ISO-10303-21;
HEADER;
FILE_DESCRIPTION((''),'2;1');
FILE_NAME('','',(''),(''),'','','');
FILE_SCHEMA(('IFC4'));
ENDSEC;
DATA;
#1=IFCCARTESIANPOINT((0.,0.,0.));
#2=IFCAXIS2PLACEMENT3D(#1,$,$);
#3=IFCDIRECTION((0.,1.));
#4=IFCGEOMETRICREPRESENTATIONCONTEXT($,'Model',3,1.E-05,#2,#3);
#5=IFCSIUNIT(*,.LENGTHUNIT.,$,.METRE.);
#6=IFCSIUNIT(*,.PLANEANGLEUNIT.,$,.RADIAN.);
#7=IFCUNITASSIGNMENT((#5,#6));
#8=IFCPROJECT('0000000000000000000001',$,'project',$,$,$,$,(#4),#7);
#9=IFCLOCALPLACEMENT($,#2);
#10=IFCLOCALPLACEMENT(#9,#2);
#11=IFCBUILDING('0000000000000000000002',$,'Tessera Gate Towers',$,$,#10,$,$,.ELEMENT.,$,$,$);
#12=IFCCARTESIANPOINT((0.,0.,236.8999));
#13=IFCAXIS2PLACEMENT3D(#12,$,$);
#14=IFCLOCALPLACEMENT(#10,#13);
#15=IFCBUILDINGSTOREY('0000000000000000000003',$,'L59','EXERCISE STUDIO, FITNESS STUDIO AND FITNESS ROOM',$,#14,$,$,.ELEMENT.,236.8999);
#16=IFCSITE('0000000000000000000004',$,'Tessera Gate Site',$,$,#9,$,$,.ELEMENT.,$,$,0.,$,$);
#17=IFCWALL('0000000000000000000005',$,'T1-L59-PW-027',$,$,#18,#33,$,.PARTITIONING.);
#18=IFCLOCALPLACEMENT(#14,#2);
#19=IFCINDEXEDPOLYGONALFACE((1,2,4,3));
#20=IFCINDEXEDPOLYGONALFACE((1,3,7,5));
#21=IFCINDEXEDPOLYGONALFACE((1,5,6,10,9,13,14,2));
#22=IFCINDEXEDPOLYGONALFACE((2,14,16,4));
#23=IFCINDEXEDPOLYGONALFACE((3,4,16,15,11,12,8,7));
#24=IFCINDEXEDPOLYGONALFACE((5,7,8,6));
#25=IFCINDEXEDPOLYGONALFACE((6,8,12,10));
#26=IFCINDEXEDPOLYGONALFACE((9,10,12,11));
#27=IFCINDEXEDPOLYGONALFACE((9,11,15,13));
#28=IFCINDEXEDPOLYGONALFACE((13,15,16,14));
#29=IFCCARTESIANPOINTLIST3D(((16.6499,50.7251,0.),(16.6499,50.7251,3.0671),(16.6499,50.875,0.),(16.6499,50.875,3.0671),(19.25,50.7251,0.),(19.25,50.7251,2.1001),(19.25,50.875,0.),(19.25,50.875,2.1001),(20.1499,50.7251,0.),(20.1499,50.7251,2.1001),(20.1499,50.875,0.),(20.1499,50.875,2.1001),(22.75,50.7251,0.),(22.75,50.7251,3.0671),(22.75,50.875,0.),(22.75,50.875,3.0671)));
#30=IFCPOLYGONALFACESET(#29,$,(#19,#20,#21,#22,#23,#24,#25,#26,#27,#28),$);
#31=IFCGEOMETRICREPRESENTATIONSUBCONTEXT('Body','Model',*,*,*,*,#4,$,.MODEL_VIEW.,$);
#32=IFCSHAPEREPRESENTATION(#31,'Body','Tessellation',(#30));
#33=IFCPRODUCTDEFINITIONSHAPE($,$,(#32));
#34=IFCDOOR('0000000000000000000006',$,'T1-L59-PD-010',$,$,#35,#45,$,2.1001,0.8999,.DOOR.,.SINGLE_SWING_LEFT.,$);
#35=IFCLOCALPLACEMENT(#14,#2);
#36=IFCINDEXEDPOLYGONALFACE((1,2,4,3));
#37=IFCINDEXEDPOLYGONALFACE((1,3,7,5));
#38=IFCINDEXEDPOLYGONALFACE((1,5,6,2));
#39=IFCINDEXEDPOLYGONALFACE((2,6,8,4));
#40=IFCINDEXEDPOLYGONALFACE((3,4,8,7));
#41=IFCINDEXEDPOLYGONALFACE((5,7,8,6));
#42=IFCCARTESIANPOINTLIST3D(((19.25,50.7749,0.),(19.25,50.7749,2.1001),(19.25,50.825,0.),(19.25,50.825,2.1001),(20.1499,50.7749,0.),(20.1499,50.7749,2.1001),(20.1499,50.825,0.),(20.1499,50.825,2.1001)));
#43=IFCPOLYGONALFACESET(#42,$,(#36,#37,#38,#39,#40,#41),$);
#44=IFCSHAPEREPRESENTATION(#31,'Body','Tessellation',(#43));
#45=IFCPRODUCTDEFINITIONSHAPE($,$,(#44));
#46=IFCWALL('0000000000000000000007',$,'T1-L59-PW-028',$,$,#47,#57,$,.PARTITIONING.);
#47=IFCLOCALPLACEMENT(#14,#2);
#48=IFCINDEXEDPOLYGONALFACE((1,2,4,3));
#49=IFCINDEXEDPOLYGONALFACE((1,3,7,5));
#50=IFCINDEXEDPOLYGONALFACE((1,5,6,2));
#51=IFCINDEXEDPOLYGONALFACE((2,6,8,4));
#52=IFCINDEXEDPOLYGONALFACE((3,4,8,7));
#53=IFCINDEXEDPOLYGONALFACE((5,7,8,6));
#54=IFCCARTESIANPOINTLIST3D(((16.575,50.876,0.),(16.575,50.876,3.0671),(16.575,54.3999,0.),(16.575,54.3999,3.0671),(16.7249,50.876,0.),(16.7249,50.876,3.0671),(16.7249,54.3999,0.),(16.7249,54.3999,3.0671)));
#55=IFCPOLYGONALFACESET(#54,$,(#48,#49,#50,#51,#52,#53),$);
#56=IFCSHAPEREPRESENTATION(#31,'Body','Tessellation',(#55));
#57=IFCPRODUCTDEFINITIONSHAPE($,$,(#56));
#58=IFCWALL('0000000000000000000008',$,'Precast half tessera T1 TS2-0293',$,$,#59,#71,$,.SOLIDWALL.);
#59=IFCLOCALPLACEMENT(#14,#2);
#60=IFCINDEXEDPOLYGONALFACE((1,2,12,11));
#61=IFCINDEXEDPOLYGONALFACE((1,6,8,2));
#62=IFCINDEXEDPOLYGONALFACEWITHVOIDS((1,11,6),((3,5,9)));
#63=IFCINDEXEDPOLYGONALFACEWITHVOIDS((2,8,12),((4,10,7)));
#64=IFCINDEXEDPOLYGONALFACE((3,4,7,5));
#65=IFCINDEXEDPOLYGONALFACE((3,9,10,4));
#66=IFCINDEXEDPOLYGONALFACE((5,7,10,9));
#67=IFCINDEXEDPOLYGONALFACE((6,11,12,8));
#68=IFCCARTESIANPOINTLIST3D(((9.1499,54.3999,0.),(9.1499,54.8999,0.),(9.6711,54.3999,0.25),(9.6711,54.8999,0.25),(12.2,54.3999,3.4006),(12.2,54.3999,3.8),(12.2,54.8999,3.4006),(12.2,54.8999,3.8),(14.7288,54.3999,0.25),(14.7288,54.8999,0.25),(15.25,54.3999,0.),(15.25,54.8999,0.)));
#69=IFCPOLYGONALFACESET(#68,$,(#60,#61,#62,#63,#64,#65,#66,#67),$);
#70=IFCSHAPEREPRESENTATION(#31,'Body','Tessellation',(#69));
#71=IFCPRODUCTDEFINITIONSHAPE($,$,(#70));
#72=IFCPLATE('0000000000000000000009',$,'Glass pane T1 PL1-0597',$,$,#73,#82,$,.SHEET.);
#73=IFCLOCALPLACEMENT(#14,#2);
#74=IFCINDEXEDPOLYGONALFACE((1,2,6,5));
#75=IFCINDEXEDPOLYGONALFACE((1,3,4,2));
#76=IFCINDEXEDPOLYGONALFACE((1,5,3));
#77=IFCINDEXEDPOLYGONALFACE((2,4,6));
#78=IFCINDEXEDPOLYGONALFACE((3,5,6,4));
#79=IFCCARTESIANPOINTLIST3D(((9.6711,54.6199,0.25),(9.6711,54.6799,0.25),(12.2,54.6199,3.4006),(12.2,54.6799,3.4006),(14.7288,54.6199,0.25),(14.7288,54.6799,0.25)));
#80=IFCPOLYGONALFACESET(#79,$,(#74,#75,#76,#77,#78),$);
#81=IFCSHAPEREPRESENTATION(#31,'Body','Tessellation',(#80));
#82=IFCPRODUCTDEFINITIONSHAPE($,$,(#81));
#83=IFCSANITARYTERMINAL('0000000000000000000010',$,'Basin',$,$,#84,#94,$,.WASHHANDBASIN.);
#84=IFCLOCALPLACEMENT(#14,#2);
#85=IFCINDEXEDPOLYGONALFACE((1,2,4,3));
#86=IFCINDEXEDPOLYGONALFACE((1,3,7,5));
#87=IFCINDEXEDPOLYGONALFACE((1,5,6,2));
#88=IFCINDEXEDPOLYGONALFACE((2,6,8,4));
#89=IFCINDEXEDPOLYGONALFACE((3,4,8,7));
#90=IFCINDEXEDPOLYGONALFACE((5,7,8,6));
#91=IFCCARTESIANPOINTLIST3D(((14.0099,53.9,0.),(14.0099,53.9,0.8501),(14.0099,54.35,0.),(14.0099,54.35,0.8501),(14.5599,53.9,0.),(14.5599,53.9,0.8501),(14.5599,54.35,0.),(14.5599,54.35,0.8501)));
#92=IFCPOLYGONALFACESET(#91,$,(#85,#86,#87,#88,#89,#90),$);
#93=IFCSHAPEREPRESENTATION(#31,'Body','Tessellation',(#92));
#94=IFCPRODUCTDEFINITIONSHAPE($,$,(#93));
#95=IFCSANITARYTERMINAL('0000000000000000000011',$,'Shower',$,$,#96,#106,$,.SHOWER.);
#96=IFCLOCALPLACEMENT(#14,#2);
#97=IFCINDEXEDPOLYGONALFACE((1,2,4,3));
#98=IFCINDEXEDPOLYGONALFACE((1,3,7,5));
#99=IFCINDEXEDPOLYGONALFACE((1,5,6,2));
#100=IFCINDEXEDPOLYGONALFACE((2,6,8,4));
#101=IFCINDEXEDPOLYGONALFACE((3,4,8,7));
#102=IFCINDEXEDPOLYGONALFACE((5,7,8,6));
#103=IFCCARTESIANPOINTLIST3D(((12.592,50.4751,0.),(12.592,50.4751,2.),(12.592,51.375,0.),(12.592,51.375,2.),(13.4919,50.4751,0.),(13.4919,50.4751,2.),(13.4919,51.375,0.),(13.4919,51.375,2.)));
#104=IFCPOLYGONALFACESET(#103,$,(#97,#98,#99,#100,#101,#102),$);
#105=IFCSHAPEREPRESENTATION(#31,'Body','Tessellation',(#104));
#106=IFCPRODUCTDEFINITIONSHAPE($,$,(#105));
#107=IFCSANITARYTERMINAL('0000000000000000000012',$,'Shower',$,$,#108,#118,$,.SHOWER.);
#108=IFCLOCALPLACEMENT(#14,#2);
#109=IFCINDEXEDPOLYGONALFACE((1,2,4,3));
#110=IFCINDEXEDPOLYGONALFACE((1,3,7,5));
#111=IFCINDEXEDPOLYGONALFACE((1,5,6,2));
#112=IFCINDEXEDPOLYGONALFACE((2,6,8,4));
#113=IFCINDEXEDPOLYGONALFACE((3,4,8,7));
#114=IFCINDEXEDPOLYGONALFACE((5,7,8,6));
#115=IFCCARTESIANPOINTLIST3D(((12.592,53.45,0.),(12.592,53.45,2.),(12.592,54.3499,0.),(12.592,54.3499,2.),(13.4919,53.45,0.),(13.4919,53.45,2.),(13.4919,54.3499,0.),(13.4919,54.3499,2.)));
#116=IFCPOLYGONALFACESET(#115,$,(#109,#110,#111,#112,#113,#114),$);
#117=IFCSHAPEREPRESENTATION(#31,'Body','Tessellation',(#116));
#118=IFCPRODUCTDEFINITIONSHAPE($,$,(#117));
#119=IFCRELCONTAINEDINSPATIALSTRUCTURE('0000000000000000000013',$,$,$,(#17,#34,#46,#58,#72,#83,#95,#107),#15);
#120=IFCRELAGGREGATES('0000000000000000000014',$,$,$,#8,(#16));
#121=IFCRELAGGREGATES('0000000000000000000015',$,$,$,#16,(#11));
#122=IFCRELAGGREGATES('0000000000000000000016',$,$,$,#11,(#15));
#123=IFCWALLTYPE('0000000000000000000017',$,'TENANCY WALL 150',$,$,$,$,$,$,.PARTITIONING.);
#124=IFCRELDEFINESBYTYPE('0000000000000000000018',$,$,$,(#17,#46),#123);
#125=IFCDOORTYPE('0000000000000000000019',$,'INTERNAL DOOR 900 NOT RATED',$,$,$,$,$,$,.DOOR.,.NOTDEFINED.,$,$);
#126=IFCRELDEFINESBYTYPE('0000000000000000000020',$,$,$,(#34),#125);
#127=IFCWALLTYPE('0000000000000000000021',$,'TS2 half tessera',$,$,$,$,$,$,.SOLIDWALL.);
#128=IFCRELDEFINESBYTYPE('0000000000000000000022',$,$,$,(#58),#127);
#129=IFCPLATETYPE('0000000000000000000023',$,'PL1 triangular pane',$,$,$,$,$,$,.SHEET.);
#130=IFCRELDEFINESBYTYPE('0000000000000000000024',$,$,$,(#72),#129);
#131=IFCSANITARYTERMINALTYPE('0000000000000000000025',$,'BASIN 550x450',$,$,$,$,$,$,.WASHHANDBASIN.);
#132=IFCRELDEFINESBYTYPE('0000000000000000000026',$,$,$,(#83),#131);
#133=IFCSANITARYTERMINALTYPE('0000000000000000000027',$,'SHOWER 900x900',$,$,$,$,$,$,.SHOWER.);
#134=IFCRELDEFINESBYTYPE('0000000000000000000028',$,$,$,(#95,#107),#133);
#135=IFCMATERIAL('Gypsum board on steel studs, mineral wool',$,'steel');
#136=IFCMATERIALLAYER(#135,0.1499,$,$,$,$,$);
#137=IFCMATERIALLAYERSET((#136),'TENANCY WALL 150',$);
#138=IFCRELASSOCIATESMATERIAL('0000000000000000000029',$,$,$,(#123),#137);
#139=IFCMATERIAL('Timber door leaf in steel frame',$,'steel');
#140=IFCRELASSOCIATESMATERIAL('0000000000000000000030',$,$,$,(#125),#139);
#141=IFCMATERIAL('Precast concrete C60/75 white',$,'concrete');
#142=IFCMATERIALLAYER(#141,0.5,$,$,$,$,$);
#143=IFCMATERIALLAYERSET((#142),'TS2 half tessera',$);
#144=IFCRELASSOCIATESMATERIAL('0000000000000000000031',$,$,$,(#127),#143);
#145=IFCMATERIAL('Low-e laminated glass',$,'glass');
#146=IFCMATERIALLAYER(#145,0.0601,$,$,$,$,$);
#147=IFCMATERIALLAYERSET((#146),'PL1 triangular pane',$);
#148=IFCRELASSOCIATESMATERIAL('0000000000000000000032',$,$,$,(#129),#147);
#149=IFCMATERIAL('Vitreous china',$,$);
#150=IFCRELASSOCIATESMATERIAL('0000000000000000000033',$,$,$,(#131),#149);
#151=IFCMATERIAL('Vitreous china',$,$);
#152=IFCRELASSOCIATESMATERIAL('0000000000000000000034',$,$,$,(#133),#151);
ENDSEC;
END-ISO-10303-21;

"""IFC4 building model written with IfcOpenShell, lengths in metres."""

from ifc_helpers import new_model, si_unit, direction, frame, frame_2d, origin, origin_2d, place, context, subcontext, project, spatial, polyline, rectangle, outline, extrude, source, transform, mapped, material, layer, layer_set, type_object, element, fill, save


model = new_model("IFC4")

# Units and contexts
model_context = context("Model", 3, precision=1e-05, world=origin(), true_north=direction((0.0, 1.0)))
body_context = subcontext(model_context, "Body", "Model", "MODEL_VIEW")
ifc_project = project(units=[si_unit("LENGTHUNIT", "METRE"), si_unit("PLANEANGLEUNIT", "RADIAN")], contexts=[model_context])

# Site, building, storey
site_placement = place(None, origin())
site = spatial("IfcSite", under=ifc_project, at=site_placement, Name="Tessera Gate Site", CompositionType="ELEMENT", RefElevation=0.0)
building_placement = place(site_placement, origin())
building = spatial("IfcBuilding", under=site, at=building_placement, Name="Tessera Gate Towers", CompositionType="ELEMENT")
storey_placement = place(building_placement, frame((0.0, 0.0, 236.8999)))
storey = spatial("IfcBuildingStorey", under=building, at=storey_placement, Name="L59", Description="EXERCISE STUDIO, FITNESS STUDIO AND FITNESS ROOM", CompositionType="ELEMENT", Elevation=236.8999)

# Shared definitions
ifc_material_1 = material(Name="Gypsum board on steel studs, mineral wool", Category="steel")
ifc_layer_1 = layer(ifc_material_1, 0.1499)
ifc_layer_set_1 = layer_set([ifc_layer_1], Name="TENANCY WALL 150")
wall_type_1 = type_object("IfcWallType", Name="TENANCY WALL 150", PredefinedType="PARTITIONING", material=ifc_layer_set_1)

# Wall, opening, door
wall_1_placement = place(storey_placement, frame((16.6499, 50.8, 0.0), z_axis=(0.0, 0.0, 1.0), x_axis=(1.0, 0.0, 0.0)))
wall_1 = element("IfcWall", 1, at=wall_1_placement, inside=storey, type_object=wall_type_1, Name="T1-L59-PW-027", PredefinedType="PARTITIONING", context=body_context, shape_type="SweptSolid", body=[
    extrude(rectangle(XDim=6.1001, YDim=0.1499, at=frame_2d((3.05, 0.0))), origin(), (0.0, 0.0, 1.0), 3.0671),
])
shared_shape_1 = source(origin(), body_context, "Body", "SweptSolid", [
    extrude(rectangle(XDim=0.8999, YDim=2.1001, at=frame_2d((0.45, 1.05))), frame((0.0, 0.085, 0.0), z_axis=(0.0, -1.0, 0.0), x_axis=(1.0, 0.0, 0.0)), (0.0, 0.0, 1.0), 0.1699),
])
opening_1_placement = place(wall_1_placement, frame((2.6001, 0.0, 0.0)))
opening_1 = element("IfcOpeningElement", 2, at=opening_1_placement, cuts=wall_1, PredefinedType="OPENING", context=body_context, shape_type="MappedRepresentation", body=[
    mapped(shared_shape_1, transform((0.0, 0.0, 0.0), scale=1.0)),
])
ifc_material_2 = material(Name="Timber door leaf in steel frame", Category="steel")
door_type = type_object("IfcDoorType", Name="INTERNAL DOOR 900 NOT RATED", OperationType="NOTDEFINED", PredefinedType="DOOR", material=ifc_material_2)
shared_shape_2 = source(origin(), body_context, "Body", "SweptSolid", [
    extrude(rectangle(XDim=0.8999, YDim=2.1001, at=frame_2d((0.45, 1.05))), frame((0.0, 0.0249, 0.0), z_axis=(0.0, -1.0, 0.0), x_axis=(1.0, 0.0, 0.0)), (0.0, 0.0, 1.0), 0.05),
])
door_placement = place(opening_1_placement, origin())
door = element("IfcDoor", 3, at=door_placement, inside=storey, type_object=door_type, Name="T1-L59-PD-010", OperationType="SINGLE_SWING_LEFT", OverallHeight=2.1001, OverallWidth=0.8999, PredefinedType="DOOR", context=body_context, shape_type="MappedRepresentation", body=[
    mapped(shared_shape_2, transform((0.0, 0.0, 0.0), scale=1.0)),
])
fill(opening_1, door)

# Wall
wall_2_placement = place(storey_placement, frame((16.6499, 50.876, 0.0), z_axis=(0.0, 0.0, 1.0), x_axis=(0.0, 1.0, 0.0)))
element("IfcWall", 4, at=wall_2_placement, inside=storey, type_object=wall_type_1, Name="T1-L59-PW-028", PredefinedType="PARTITIONING", context=body_context, shape_type="SweptSolid", body=[
    extrude(rectangle(XDim=3.5239, YDim=0.1499, at=frame_2d((1.762, 0.0))), origin(), (0.0, 0.0, 1.0), 3.0671),
])

# Wall, opening, plate
ifc_material_3 = material(Name="Precast concrete C60/75 white", Category="concrete")
ifc_layer_2 = layer(ifc_material_3, 0.5)
ifc_layer_set_2 = layer_set([ifc_layer_2], Name="TS2 half tessera")
wall_type_2 = type_object("IfcWallType", Name="TS2 half tessera", PredefinedType="SOLIDWALL", material=ifc_layer_set_2)
shared_shape_3 = source(origin(), body_context, "Body", "SweptSolid", [
    extrude(outline(polyline([(6.1001, 0.0), (3.05, 3.8), (0.0, 0.0), (6.1001, 0.0)])), frame((0.0, 0.25, 0.0), z_axis=(0.0, -1.0, 0.0), x_axis=(1.0, 0.0, 0.0)), (0.0, 0.0, 1.0), 0.5),
])
wall_3_placement = place(storey_placement, frame((15.25, 54.6499, 0.0), z_axis=(0.0, 0.0, 1.0), x_axis=(-1.0, 0.0, 0.0)))
wall_3 = element("IfcWall", 5, at=wall_3_placement, inside=storey, type_object=wall_type_2, Name="Precast half tessera T1 TS2-0293", PredefinedType="SOLIDWALL", context=body_context, shape_type="MappedRepresentation", body=[
    mapped(shared_shape_3, transform((0.0, 0.0, 0.0), scale=1.0)),
])
shared_shape_4 = source(origin(), body_context, "Body", "SweptSolid", [
    extrude(outline(polyline([(5.5789, 0.25), (3.05, 3.4006), (0.5212, 0.25), (5.5789, 0.25)])), frame((0.0, 0.26, 0.0), z_axis=(0.0, -1.0, 0.0), x_axis=(1.0, 0.0, 0.0)), (0.0, 0.0, 1.0), 0.52),
])
opening_2_placement = place(wall_3_placement, origin())
opening_2 = element("IfcOpeningElement", 6, at=opening_2_placement, cuts=wall_3, PredefinedType="OPENING", context=body_context, shape_type="MappedRepresentation", body=[
    mapped(shared_shape_4, transform((0.0, 0.0, 0.0), scale=1.0)),
])
ifc_material_4 = material(Name="Low-e laminated glass", Category="glass")
ifc_layer_3 = layer(ifc_material_4, 0.0601)
ifc_layer_set_3 = layer_set([ifc_layer_3], Name="PL1 triangular pane")
plate_type = type_object("IfcPlateType", Name="PL1 triangular pane", PredefinedType="SHEET", material=ifc_layer_set_3)
shared_shape_5 = source(origin(), body_context, "Body", "SweptSolid", [
    extrude(outline(polyline([(5.5789, 0.25), (3.05, 3.4006), (0.5212, 0.25), (5.5789, 0.25)])), frame((0.0, 0.03, 0.0), z_axis=(0.0, -1.0, 0.0), x_axis=(1.0, 0.0, 0.0)), (0.0, 0.0, 1.0), 0.0601),
])
plate_placement = place(opening_2_placement, origin())
plate = element("IfcPlate", 7, at=plate_placement, inside=storey, type_object=plate_type, Name="Glass pane T1 PL1-0597", PredefinedType="SHEET", context=body_context, shape_type="MappedRepresentation", body=[
    mapped(shared_shape_5, transform((0.0, 0.0, 0.0), scale=1.0)),
])
fill(opening_2, plate)

# Sanitary terminals
ifc_material_5 = material(Name="Vitreous china")
sanitary_terminal_type_1 = type_object("IfcSanitaryTerminalType", Name="BASIN 550x450", PredefinedType="WASHHANDBASIN", material=ifc_material_5)
sanitary_terminal_placement = place(storey_placement, frame((14.2849, 54.125, 0.0), z_axis=(0.0, 0.0, 1.0), x_axis=(1.0, 0.0, 0.0)))
element("IfcSanitaryTerminal", 8, at=sanitary_terminal_placement, inside=storey, type_object=sanitary_terminal_type_1, Name="Basin", PredefinedType="WASHHANDBASIN", context=body_context, shape_type="SweptSolid", body=[
    extrude(rectangle(XDim=0.55, YDim=0.45, at=origin_2d()), origin(), (0.0, 0.0, 1.0), 0.8501),
])
ifc_material_6 = material(Name="Vitreous china")
sanitary_terminal_type_2 = type_object("IfcSanitaryTerminalType", Name="SHOWER 900x900", PredefinedType="SHOWER", material=ifc_material_6)
for number, where, z_axis, x_axis, name in (
    (9, (13.042, 50.925, 0.0), (0.0, 0.0, 1.0), (1.0, 0.0, 0.0), "Shower"),
    (10, (13.042, 53.8999, 0.0), (0.0, 0.0, 1.0), (1.0, 0.0, 0.0), "Shower"),
):
    element("IfcSanitaryTerminal", number, at=place(storey_placement, frame(where, z_axis=z_axis, x_axis=x_axis)), inside=storey, type_object=sanitary_terminal_type_2, Name=name, PredefinedType="SHOWER", context=body_context, shape_type="SweptSolid", body=[
        extrude(rectangle(XDim=0.8999, YDim=0.8999, at=origin_2d()), origin(), (0.0, 0.0, 1.0), 2.0),
    ])

save(model, "model.ifc")
